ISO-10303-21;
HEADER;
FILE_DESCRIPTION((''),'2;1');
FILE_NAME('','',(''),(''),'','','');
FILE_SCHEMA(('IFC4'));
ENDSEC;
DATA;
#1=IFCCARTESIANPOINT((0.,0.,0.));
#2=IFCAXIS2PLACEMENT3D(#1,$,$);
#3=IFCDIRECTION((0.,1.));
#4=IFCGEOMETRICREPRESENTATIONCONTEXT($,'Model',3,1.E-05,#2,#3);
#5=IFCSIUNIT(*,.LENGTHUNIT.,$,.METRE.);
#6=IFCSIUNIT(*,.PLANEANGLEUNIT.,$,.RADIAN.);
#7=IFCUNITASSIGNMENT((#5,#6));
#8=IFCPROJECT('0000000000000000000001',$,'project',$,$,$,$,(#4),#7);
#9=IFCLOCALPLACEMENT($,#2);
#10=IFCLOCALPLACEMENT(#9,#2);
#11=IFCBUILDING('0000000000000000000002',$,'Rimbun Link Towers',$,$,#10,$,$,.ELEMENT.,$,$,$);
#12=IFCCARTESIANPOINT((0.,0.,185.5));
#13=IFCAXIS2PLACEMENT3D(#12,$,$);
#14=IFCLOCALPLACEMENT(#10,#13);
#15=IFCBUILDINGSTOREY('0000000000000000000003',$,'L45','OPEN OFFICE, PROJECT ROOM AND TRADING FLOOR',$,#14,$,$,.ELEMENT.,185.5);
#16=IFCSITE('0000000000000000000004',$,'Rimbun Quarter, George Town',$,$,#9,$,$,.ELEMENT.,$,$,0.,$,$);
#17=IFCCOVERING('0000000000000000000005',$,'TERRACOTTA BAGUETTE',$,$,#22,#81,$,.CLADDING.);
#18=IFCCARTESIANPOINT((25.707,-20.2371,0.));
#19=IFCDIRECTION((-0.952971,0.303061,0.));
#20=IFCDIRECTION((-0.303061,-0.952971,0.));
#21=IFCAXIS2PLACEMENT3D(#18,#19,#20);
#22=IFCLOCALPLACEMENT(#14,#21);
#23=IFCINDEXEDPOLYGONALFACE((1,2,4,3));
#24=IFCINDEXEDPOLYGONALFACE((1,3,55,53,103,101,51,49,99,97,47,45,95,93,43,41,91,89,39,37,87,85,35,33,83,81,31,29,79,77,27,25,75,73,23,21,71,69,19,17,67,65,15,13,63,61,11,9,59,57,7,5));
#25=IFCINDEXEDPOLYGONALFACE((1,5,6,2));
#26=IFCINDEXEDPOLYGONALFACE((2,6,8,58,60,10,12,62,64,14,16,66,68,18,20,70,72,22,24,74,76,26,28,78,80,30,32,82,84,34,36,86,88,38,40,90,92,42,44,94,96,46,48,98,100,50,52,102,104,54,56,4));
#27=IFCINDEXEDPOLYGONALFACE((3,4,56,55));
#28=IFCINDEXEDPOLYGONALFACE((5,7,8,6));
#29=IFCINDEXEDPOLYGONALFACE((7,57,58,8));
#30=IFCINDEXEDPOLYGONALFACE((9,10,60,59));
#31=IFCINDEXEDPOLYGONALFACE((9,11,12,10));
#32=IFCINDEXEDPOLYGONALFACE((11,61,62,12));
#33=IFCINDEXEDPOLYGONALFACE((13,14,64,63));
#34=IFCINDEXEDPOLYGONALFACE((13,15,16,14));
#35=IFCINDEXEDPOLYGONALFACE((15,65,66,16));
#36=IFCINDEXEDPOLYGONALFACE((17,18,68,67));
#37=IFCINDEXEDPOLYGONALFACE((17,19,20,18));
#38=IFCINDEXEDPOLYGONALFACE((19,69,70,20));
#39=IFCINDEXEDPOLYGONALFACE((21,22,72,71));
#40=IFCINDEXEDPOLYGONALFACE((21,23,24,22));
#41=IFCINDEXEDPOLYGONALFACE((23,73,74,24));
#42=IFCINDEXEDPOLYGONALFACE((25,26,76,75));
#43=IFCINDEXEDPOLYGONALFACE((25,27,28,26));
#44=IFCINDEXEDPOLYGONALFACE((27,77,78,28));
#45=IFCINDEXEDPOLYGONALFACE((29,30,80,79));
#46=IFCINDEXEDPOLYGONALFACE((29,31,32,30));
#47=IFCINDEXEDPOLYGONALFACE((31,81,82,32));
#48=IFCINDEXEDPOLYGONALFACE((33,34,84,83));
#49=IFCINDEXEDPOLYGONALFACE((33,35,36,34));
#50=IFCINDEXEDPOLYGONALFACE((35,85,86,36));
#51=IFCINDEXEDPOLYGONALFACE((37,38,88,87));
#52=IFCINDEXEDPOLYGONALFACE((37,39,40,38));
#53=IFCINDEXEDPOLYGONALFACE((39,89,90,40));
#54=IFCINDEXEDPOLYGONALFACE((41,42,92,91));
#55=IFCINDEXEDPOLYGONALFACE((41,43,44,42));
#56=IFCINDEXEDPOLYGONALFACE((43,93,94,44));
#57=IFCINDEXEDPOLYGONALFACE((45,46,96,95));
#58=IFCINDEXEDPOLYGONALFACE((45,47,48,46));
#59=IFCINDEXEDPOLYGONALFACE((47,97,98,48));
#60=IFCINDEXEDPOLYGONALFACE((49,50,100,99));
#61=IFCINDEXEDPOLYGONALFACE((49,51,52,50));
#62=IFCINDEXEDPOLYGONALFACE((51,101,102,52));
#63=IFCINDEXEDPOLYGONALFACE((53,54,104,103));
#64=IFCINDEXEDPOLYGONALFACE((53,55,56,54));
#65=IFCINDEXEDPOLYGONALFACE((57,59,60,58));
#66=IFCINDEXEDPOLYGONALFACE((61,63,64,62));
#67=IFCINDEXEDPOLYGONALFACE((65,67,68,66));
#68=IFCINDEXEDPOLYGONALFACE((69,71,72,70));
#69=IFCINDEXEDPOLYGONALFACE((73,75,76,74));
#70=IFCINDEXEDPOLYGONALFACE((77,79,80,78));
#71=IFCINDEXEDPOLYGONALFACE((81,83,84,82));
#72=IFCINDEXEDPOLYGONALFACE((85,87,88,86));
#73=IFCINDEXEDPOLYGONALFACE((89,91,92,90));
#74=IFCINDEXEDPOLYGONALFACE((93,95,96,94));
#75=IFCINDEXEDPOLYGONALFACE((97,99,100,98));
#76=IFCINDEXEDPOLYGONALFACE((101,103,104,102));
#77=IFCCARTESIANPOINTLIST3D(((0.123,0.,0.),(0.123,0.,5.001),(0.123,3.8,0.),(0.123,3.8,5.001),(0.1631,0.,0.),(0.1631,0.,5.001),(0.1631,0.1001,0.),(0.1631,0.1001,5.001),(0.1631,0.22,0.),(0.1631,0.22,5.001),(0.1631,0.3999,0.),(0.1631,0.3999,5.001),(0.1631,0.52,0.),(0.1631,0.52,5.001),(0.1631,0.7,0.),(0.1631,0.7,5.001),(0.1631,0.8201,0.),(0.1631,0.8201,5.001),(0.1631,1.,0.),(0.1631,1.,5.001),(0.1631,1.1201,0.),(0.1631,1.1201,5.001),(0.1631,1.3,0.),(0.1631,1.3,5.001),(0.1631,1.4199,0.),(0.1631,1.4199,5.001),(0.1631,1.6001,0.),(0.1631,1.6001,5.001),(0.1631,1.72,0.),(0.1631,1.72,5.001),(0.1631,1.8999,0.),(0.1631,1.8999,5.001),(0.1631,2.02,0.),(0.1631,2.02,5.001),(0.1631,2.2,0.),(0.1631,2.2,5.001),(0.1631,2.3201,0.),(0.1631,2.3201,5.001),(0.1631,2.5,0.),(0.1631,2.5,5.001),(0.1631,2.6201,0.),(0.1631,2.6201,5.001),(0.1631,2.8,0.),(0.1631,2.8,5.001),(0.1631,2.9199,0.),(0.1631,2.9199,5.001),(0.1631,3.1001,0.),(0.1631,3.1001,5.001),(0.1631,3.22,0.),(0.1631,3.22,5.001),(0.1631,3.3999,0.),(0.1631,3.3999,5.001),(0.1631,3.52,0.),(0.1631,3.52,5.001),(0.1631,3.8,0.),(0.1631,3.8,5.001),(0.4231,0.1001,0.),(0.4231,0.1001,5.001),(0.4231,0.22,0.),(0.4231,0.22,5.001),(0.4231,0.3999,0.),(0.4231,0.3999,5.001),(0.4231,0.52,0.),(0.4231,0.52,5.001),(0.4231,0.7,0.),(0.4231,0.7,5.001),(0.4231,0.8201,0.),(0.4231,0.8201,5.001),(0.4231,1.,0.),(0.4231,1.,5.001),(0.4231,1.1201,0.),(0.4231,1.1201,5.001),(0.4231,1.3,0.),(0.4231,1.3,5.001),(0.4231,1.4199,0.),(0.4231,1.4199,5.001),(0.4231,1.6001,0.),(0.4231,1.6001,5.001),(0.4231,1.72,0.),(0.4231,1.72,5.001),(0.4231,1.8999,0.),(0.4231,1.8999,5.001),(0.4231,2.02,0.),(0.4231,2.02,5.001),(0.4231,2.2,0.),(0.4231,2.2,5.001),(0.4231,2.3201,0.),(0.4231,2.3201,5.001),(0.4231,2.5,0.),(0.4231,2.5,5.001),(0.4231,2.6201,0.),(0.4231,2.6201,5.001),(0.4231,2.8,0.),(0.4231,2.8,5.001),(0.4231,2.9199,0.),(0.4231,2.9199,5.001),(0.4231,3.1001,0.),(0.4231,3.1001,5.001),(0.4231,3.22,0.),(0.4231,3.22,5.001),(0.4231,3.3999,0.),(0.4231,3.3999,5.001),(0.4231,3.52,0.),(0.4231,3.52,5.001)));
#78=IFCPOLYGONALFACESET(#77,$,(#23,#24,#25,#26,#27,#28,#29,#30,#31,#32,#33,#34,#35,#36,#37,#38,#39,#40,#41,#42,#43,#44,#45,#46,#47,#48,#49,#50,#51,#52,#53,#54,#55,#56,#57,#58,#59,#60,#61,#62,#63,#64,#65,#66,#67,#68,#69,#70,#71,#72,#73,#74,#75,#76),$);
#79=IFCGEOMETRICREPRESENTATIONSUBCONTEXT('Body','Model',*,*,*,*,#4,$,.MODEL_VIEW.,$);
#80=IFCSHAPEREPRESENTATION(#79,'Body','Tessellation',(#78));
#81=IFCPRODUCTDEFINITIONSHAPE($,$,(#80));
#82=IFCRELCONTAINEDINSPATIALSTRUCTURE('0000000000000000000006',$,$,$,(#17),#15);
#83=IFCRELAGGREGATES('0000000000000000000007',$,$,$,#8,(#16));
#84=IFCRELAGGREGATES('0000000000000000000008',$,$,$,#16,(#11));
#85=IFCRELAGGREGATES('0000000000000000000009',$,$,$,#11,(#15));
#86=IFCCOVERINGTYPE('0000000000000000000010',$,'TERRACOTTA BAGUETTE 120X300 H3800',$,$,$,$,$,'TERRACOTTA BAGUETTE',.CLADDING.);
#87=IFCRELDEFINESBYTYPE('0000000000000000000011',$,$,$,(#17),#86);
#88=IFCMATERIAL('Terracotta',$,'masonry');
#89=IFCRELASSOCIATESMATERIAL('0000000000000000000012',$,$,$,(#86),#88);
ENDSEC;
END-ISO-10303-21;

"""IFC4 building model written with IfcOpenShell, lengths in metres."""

from ifc_helpers import new_model, si_unit, direction, frame, origin, place, context, subcontext, project, spatial, polyline, outline, extrude, material, material_profile, profile_set, type_object, element, save


model = new_model("IFC4")

# Units and contexts
model_context = context("Model", 3, precision=1e-05, world=origin(), true_north=direction((0.0, 1.0)))
body_context = subcontext(model_context, "Body", "Model", "MODEL_VIEW")
ifc_project = project(units=[si_unit("LENGTHUNIT", "METRE"), si_unit("PLANEANGLEUNIT", "RADIAN")], contexts=[model_context])

# Site, building, storey
site_placement = place(None, origin())
site = spatial("IfcSite", under=ifc_project, at=site_placement, Name="Rimbun Quarter, George Town", CompositionType="ELEMENT", RefElevation=0.0)
building_placement = place(site_placement, origin())
building = spatial("IfcBuilding", under=site, at=building_placement, Name="Rimbun Link Towers", CompositionType="ELEMENT")
storey_placement = place(building_placement, frame((0.0, 0.0, 185.5)))
storey = spatial("IfcBuildingStorey", under=building, at=storey_placement, Name="L45", Description="OPEN OFFICE, PROJECT ROOM AND TRADING FLOOR", CompositionType="ELEMENT", Elevation=185.5)

# Covering
ifc_material_1 = material(Name="Terracotta", Category="masonry")
ifc_material_profile_1 = material_profile(ifc_material_1, outline(polyline([(0.123, 0.0), (0.1631, 0.0), (0.1631, 0.1001), (0.4231, 0.1001), (0.4231, 0.22), (0.1631, 0.22), (0.1631, 0.3999), (0.4231, 0.3999), (0.4231, 0.52), (0.1631, 0.52), (0.1631, 0.7), (0.4231, 0.7), (0.4231, 0.8201), (0.1631, 0.8201), (0.1631, 1.0), (0.4231, 1.0), (0.4231, 1.1201), (0.1631, 1.1201), (0.1631, 1.3), (0.4231, 1.3), (0.4231, 1.4199), (0.1631, 1.4199), (0.1631, 1.6001), (0.4231, 1.6001), (0.4231, 1.72), (0.1631, 1.72), (0.1631, 1.8999), (0.4231, 1.8999), (0.4231, 2.02), (0.1631, 2.02), (0.1631, 2.2), (0.4231, 2.2), (0.4231, 2.3201), (0.1631, 2.3201), (0.1631, 2.5), (0.4231, 2.5), (0.4231, 2.6201), (0.1631, 2.6201), (0.1631, 2.8), (0.4231, 2.8), (0.4231, 2.9199), (0.1631, 2.9199), (0.1631, 3.1001), (0.4231, 3.1001), (0.4231, 3.22), (0.1631, 3.22), (0.1631, 3.3999), (0.4231, 3.3999), (0.4231, 3.52), (0.1631, 3.52), (0.1631, 3.8), (0.123, 3.8), (0.123, 0.0)])), Name="BAGUETTE 120X300")
ifc_profile_set_1 = profile_set([ifc_material_profile_1], Name="Terracotta")
covering_type = type_object("IfcCoveringType", Name="TERRACOTTA BAGUETTE 120X300 H3800", ElementType="TERRACOTTA BAGUETTE", PredefinedType="CLADDING", material=ifc_profile_set_1)
covering_1_placement = place(storey_placement, frame((25.707, -20.2371, 0.0), z_axis=(-0.952971, 0.303061, 0.0), x_axis=(-0.303061, -0.952971, 0.0)))
element("IfcCovering", 1, at=covering_1_placement, inside=storey, type_object=covering_type, Name="TERRACOTTA BAGUETTE", PredefinedType="CLADDING", context=body_context, shape_type="SweptSolid", body=[
    extrude(outline(polyline([(0.123, 0.0), (0.1631, 0.0), (0.1631, 0.1001), (0.4231, 0.1001), (0.4231, 0.22), (0.1631, 0.22), (0.1631, 0.3999), (0.4231, 0.3999), (0.4231, 0.52), (0.1631, 0.52), (0.1631, 0.7), (0.4231, 0.7), (0.4231, 0.8201), (0.1631, 0.8201), (0.1631, 1.0), (0.4231, 1.0), (0.4231, 1.1201), (0.1631, 1.1201), (0.1631, 1.3), (0.4231, 1.3), (0.4231, 1.4199), (0.1631, 1.4199), (0.1631, 1.6001), (0.4231, 1.6001), (0.4231, 1.72), (0.1631, 1.72), (0.1631, 1.8999), (0.4231, 1.8999), (0.4231, 2.02), (0.1631, 2.02), (0.1631, 2.2), (0.4231, 2.2), (0.4231, 2.3201), (0.1631, 2.3201), (0.1631, 2.5), (0.4231, 2.5), (0.4231, 2.6201), (0.1631, 2.6201), (0.1631, 2.8), (0.4231, 2.8), (0.4231, 2.9199), (0.1631, 2.9199), (0.1631, 3.1001), (0.4231, 3.1001), (0.4231, 3.22), (0.1631, 3.22), (0.1631, 3.3999), (0.4231, 3.3999), (0.4231, 3.52), (0.1631, 3.52), (0.1631, 3.8), (0.123, 3.8), (0.123, 0.0)])), origin(), (0.0, 0.0, 1.0), 5.001),
])

save(model, "model.ifc")
